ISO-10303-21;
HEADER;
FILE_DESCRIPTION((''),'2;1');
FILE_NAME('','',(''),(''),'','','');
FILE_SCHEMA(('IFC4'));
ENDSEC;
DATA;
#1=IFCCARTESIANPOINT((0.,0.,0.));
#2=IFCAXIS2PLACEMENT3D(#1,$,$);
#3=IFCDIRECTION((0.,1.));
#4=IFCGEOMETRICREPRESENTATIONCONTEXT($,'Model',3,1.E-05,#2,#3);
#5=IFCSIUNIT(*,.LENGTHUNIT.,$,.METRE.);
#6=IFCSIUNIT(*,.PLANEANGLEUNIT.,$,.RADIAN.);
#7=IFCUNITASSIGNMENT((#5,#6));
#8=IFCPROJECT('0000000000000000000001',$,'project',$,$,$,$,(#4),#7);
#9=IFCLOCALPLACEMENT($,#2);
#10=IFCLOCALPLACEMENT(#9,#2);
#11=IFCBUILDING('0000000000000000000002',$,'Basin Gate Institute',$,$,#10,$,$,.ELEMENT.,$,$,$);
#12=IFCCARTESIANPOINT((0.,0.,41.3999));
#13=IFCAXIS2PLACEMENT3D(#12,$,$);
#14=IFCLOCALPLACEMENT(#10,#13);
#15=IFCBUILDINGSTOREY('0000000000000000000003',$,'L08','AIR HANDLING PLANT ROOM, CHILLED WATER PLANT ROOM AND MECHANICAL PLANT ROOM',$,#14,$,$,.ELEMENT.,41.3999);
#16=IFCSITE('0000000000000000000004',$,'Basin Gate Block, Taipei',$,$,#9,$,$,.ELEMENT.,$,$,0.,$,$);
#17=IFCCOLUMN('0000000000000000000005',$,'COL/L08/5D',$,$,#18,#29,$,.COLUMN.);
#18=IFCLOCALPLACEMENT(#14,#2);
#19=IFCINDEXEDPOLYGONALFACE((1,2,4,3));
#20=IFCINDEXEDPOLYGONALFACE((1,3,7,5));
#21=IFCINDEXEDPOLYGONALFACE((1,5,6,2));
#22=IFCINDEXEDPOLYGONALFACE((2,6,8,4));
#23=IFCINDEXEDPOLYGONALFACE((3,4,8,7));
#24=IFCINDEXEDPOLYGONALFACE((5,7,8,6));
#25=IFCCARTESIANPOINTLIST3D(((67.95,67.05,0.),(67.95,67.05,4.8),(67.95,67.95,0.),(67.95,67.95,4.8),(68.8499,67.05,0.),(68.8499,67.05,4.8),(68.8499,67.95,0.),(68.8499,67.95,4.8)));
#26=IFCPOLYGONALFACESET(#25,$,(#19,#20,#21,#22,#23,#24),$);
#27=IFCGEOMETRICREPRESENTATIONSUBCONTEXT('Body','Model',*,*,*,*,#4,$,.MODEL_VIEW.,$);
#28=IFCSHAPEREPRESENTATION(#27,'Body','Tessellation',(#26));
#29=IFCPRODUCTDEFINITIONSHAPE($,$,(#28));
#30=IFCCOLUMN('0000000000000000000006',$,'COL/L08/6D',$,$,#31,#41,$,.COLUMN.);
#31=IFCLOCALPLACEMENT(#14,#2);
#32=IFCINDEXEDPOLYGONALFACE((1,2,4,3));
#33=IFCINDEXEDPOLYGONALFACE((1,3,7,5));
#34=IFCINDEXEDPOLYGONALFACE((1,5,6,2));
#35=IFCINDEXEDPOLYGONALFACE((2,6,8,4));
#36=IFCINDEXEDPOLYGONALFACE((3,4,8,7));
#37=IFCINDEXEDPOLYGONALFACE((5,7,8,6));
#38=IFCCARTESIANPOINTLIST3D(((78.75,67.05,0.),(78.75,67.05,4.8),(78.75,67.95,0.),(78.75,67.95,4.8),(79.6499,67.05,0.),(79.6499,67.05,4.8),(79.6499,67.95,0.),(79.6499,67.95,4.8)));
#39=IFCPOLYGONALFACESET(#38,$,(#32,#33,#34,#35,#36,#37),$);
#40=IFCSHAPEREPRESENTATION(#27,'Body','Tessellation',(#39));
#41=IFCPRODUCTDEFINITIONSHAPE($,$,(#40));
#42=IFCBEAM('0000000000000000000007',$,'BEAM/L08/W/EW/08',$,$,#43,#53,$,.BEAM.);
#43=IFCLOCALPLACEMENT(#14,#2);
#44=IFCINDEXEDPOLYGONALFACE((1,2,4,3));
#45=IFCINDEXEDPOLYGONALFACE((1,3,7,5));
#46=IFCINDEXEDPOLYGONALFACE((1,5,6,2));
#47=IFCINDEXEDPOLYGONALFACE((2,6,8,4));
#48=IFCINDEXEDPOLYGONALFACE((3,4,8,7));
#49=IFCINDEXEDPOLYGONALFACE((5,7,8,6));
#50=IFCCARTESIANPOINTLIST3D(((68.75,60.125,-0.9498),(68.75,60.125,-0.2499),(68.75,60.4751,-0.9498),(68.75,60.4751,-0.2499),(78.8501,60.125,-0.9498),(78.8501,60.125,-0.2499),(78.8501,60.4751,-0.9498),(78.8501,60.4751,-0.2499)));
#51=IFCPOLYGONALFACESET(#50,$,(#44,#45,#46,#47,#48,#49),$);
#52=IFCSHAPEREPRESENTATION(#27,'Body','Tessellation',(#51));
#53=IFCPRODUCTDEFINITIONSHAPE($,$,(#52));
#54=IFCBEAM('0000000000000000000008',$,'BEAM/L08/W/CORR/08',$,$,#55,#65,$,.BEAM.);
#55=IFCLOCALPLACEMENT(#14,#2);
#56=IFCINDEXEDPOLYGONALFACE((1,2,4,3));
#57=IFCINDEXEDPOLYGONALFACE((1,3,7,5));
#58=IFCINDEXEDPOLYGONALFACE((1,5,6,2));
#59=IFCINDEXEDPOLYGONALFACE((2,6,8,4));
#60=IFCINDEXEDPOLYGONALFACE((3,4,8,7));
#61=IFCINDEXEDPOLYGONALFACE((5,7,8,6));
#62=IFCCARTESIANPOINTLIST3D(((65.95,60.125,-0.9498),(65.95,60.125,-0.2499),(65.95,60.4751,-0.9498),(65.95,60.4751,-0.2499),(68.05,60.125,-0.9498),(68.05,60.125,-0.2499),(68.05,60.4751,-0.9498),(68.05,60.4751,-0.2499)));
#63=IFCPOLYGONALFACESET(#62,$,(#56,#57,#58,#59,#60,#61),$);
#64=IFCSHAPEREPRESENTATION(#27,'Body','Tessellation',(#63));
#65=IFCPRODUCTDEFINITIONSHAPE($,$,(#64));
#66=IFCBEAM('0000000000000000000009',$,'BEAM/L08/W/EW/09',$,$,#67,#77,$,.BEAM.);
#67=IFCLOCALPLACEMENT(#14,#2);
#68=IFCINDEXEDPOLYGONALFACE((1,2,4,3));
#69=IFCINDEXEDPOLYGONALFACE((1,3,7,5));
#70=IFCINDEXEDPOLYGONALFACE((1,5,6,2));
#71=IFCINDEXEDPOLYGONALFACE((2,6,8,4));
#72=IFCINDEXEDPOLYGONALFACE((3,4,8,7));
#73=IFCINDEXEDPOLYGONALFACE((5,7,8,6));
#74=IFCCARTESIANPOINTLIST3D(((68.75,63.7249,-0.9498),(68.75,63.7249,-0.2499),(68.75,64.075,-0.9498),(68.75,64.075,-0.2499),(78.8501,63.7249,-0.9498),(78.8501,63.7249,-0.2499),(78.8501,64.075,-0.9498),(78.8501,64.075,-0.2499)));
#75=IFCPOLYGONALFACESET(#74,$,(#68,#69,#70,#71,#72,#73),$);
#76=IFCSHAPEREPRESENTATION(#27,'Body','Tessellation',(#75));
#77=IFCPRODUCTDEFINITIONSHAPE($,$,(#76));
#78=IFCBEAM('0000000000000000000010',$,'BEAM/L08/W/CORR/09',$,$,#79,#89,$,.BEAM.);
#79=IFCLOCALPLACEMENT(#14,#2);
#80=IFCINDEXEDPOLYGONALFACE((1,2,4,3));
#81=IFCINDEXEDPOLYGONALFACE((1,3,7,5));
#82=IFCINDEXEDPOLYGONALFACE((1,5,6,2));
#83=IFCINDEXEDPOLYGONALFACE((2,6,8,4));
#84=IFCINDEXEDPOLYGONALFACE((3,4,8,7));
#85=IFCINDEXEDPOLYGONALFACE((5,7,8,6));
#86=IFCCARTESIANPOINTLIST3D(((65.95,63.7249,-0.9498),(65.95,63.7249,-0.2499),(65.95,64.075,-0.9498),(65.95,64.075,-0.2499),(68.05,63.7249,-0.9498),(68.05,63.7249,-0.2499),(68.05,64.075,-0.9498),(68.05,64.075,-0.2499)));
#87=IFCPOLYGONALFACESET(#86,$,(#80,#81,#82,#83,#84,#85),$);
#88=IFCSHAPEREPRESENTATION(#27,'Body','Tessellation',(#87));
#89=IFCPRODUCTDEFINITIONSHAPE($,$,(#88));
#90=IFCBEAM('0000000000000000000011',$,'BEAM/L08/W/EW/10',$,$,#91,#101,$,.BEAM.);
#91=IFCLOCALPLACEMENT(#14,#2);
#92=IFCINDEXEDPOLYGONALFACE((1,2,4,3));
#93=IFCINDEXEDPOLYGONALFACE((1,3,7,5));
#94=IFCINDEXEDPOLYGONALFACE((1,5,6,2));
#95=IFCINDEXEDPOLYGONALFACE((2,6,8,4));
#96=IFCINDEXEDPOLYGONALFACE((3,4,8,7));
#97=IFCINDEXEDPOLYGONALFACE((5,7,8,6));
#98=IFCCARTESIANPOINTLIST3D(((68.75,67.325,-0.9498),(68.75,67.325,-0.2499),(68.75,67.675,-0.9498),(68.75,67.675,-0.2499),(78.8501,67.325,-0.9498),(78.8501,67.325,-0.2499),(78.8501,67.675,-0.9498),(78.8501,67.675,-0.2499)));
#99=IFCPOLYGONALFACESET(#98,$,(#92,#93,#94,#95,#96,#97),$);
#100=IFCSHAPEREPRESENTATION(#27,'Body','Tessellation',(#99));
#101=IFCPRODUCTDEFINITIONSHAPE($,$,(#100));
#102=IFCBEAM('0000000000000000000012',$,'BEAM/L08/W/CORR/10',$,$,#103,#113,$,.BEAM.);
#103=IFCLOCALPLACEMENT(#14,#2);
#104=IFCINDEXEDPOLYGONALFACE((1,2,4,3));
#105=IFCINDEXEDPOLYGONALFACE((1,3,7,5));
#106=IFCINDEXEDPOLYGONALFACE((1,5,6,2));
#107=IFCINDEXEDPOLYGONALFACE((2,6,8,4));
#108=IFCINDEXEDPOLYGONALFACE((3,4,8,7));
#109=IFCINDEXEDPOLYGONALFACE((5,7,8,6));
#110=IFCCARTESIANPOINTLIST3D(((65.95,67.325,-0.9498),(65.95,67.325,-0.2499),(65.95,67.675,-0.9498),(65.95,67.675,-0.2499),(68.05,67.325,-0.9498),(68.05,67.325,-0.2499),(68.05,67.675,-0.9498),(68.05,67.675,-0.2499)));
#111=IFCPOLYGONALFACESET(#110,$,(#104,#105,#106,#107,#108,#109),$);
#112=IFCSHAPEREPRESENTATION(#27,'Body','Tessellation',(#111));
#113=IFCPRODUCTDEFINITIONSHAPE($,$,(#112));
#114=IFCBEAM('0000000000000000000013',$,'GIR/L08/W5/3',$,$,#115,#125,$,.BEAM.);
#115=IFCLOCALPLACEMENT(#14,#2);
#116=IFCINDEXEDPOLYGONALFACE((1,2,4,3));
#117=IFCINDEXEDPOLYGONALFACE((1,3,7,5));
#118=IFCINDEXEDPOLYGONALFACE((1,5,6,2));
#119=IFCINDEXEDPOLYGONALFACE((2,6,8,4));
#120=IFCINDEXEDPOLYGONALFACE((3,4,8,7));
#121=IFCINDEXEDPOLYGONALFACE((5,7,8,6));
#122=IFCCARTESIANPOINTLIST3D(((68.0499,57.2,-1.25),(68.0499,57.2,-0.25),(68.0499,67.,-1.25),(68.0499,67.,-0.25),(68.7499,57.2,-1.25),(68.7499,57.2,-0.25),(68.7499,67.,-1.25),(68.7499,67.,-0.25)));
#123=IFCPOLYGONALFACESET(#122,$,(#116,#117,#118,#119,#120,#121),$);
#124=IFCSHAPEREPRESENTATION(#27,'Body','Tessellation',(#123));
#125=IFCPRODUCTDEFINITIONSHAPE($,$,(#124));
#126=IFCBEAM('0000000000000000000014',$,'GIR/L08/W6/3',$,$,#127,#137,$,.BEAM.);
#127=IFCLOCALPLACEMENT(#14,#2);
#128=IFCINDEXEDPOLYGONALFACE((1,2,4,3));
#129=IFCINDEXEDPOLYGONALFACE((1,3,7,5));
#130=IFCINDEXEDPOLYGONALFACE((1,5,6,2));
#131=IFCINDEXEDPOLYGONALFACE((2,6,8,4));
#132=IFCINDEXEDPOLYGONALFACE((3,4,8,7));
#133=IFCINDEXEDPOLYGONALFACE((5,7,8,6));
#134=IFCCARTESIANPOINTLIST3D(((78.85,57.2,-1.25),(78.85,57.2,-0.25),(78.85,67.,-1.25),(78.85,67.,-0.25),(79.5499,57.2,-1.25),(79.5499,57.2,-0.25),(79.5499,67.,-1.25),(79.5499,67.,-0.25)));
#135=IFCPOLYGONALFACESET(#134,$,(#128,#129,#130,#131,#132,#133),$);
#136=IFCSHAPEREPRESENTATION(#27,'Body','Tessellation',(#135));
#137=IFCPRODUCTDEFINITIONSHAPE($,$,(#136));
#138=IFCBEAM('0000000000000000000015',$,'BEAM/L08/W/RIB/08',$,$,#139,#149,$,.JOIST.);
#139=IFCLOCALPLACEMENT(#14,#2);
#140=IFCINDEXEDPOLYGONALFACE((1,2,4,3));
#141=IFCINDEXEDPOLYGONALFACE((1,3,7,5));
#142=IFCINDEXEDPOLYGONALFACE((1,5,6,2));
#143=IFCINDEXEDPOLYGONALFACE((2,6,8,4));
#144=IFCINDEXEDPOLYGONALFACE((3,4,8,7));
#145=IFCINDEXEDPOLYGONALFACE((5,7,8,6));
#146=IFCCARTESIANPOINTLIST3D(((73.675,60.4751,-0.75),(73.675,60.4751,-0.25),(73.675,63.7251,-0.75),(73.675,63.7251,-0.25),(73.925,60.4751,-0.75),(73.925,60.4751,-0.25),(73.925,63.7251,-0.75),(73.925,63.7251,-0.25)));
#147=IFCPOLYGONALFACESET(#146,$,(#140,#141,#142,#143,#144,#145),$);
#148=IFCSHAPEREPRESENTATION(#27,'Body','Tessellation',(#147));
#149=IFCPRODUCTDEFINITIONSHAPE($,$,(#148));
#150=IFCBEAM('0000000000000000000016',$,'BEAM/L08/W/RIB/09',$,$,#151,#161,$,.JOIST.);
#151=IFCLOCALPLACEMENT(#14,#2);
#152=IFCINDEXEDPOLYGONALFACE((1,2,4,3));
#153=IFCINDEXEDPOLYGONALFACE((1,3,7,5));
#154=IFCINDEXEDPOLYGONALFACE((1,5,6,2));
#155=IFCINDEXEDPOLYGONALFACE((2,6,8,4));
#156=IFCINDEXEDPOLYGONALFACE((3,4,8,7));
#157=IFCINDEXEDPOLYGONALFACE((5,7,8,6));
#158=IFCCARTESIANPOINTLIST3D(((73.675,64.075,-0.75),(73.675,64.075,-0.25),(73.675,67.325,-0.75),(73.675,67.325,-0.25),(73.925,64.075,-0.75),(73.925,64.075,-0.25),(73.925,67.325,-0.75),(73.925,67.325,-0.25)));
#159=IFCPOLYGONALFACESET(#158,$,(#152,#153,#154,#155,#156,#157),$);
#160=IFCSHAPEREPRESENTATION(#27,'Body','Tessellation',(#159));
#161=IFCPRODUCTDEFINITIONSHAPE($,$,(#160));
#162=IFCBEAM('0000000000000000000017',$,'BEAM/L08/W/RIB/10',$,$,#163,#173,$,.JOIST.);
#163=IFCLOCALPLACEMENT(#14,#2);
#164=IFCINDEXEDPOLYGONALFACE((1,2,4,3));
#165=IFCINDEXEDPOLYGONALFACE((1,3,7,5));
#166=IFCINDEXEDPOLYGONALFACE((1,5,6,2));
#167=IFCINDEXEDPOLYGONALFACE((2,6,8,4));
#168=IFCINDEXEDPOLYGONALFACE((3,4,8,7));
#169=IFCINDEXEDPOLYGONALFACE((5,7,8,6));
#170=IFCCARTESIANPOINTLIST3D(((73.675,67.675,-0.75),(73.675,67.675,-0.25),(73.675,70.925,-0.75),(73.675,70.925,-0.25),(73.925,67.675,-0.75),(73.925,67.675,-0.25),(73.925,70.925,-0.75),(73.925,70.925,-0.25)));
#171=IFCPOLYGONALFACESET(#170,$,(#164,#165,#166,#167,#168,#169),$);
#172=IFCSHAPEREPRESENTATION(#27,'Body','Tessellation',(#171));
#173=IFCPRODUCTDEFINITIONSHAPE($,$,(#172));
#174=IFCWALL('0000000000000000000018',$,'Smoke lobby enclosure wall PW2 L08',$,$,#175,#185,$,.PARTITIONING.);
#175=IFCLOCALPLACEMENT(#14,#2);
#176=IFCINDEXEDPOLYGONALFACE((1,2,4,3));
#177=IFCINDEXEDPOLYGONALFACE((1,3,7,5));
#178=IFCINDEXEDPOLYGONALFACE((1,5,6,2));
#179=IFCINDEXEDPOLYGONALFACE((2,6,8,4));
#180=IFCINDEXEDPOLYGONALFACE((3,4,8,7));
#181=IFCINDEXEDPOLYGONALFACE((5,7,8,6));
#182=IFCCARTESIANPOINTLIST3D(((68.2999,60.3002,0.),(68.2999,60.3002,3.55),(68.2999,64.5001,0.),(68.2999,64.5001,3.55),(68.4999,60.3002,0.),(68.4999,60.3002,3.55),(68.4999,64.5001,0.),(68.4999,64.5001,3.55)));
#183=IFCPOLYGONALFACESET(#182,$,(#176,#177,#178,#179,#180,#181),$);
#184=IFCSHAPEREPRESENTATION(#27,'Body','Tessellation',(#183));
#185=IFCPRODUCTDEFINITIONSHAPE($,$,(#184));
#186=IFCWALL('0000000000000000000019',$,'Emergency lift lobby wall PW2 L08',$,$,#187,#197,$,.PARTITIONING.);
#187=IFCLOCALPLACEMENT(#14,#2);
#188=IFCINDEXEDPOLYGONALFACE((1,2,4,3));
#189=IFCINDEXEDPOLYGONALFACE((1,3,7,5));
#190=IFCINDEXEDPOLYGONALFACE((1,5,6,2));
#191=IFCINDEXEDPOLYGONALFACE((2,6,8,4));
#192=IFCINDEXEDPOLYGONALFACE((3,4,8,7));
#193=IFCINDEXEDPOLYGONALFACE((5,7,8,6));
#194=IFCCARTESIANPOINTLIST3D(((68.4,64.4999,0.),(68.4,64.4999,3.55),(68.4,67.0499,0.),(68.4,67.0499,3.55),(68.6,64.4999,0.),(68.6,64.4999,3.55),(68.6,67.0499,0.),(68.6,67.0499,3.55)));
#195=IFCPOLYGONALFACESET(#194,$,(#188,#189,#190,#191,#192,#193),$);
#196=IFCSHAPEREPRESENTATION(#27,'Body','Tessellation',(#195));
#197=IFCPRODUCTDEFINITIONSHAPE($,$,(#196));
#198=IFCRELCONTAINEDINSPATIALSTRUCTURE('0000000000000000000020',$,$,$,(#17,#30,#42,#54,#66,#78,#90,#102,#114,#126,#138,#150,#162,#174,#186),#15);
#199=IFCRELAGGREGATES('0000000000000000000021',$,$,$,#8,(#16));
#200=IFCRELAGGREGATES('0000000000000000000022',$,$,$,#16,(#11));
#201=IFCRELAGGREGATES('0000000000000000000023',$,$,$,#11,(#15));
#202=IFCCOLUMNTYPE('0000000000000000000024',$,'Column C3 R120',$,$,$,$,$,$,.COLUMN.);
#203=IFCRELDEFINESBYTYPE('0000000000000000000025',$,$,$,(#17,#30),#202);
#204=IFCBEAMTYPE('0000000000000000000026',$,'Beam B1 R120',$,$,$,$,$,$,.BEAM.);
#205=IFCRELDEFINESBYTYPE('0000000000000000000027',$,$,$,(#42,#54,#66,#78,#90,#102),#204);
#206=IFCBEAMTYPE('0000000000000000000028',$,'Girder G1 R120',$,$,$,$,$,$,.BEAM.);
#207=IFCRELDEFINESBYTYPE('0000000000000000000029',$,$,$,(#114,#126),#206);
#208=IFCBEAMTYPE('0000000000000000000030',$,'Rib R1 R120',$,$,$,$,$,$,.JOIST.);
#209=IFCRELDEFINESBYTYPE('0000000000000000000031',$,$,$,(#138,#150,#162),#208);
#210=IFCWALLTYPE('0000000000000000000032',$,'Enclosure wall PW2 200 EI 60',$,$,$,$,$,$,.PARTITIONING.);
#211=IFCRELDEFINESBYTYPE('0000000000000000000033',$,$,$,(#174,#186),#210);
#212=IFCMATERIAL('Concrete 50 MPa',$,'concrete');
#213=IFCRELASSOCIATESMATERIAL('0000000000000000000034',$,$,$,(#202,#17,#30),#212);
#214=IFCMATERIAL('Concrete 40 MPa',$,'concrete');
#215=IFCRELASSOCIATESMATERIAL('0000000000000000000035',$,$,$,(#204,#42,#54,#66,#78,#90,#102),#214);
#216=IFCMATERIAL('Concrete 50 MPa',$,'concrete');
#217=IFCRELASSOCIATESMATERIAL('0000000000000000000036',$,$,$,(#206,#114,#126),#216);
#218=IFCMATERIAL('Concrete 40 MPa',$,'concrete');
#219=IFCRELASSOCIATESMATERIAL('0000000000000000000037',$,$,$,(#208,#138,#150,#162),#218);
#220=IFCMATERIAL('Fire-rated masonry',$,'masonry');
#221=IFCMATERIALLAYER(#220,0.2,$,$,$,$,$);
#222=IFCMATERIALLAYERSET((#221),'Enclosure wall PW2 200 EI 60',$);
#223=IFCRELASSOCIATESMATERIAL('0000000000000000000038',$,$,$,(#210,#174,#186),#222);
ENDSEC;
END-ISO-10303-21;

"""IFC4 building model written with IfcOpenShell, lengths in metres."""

from ifc_helpers import new_model, si_unit, direction, frame, frame_2d, origin, origin_2d, place, context, subcontext, project, spatial, rectangle, extrude, material, layer, layer_set, material_profile, profile_set, type_object, element, save


model = new_model("IFC4")

# Units and contexts
model_context = context("Model", 3, precision=1e-05, world=origin(), true_north=direction((0.0, 1.0)))
body_context = subcontext(model_context, "Body", "Model", "MODEL_VIEW")
ifc_project = project(units=[si_unit("LENGTHUNIT", "METRE"), si_unit("PLANEANGLEUNIT", "RADIAN")], contexts=[model_context])

# Site, building, storey
site_placement = place(None, origin())
site = spatial("IfcSite", under=ifc_project, at=site_placement, Name="Basin Gate Block, Taipei", CompositionType="ELEMENT", RefElevation=0.0)
building_placement = place(site_placement, origin())
building = spatial("IfcBuilding", under=site, at=building_placement, Name="Basin Gate Institute", CompositionType="ELEMENT")
storey_placement = place(building_placement, frame((0.0, 0.0, 41.3999)))
storey = spatial("IfcBuildingStorey", under=building, at=storey_placement, Name="L08", Description="AIR HANDLING PLANT ROOM, CHILLED WATER PLANT ROOM AND MECHANICAL PLANT ROOM", CompositionType="ELEMENT", Elevation=41.3999)

# Columns
ifc_material_1 = material(Name="Concrete 50 MPa", Category="concrete")
ifc_material_profile_1 = material_profile(ifc_material_1, rectangle(XDim=0.8999, YDim=0.8999, at=origin_2d()), Name="Column C3 900 x 900")
ifc_profile_set_1 = profile_set([ifc_material_profile_1], Name="Concrete 50 MPa")
column_type = type_object("IfcColumnType", Name="Column C3 R120", PredefinedType="COLUMN", material=ifc_profile_set_1)
for number, where, z_axis, x_axis, name in (
    (1, (68.3999, 67.5, 0.0), (0.0, 0.0, 1.0), (1.0, 0.0, 0.0), "COL/L08/5D"),
    (2, (79.2, 67.5, 0.0), (0.0, 0.0, 1.0), (1.0, 0.0, 0.0), "COL/L08/6D"),
):
    element("IfcColumn", number, at=place(storey_placement, frame(where, z_axis=z_axis, x_axis=x_axis)), inside=storey, type_object=column_type, material=ifc_profile_set_1, Name=name, PredefinedType="COLUMN", context=body_context, shape_type="SweptSolid", body=[
        extrude(rectangle(XDim=0.8999, YDim=0.8999, at=origin_2d()), origin(), (0.0, 0.0, 1.0), 4.8),
    ])

# Beams
ifc_material_2 = material(Name="Concrete 40 MPa", Category="concrete")
ifc_material_profile_2 = material_profile(ifc_material_2, rectangle(XDim=0.3501, YDim=0.7, at=origin_2d()), Name="Beam B1 350 x 700")
ifc_profile_set_2 = profile_set([ifc_material_profile_2], Name="Concrete 40 MPa")
beam_type_1 = type_object("IfcBeamType", Name="Beam B1 R120", PredefinedType="BEAM", material=ifc_profile_set_2)
beam_1_placement = place(storey_placement, frame((68.75, 60.3, -0.5999), z_axis=(1.0, 0.0, 0.0), x_axis=(0.0, 1.0, 0.0)))
element("IfcBeam", 3, at=beam_1_placement, inside=storey, type_object=beam_type_1, material=ifc_profile_set_2, Name="BEAM/L08/W/EW/08", PredefinedType="BEAM", context=body_context, shape_type="SweptSolid", body=[
    extrude(rectangle(XDim=0.3501, YDim=0.7, at=origin_2d()), origin(), (0.0, 0.0, 1.0), 10.1001),
])
beam_2_placement = place(storey_placement, frame((65.95, 60.3, -0.5999), z_axis=(1.0, 0.0, 0.0), x_axis=(0.0, 1.0, 0.0)))
element("IfcBeam", 4, at=beam_2_placement, inside=storey, type_object=beam_type_1, material=ifc_profile_set_2, Name="BEAM/L08/W/CORR/08", PredefinedType="BEAM", context=body_context, shape_type="SweptSolid", body=[
    extrude(rectangle(XDim=0.3501, YDim=0.7, at=origin_2d()), origin(), (0.0, 0.0, 1.0), 2.1001),
])
beam_3_placement = place(storey_placement, frame((68.75, 63.8999, -0.5999), z_axis=(1.0, 0.0, 0.0), x_axis=(0.0, 1.0, 0.0)))
element("IfcBeam", 5, at=beam_3_placement, inside=storey, type_object=beam_type_1, material=ifc_profile_set_2, Name="BEAM/L08/W/EW/09", PredefinedType="BEAM", context=body_context, shape_type="SweptSolid", body=[
    extrude(rectangle(XDim=0.3501, YDim=0.7, at=origin_2d()), origin(), (0.0, 0.0, 1.0), 10.1001),
])
beam_4_placement = place(storey_placement, frame((65.95, 63.8999, -0.5999), z_axis=(1.0, 0.0, 0.0), x_axis=(0.0, 1.0, 0.0)))
element("IfcBeam", 6, at=beam_4_placement, inside=storey, type_object=beam_type_1, material=ifc_profile_set_2, Name="BEAM/L08/W/CORR/09", PredefinedType="BEAM", context=body_context, shape_type="SweptSolid", body=[
    extrude(rectangle(XDim=0.3501, YDim=0.7, at=origin_2d()), origin(), (0.0, 0.0, 1.0), 2.1001),
])
beam_5_placement = place(storey_placement, frame((68.75, 67.5, -0.5999), z_axis=(1.0, 0.0, 0.0), x_axis=(0.0, 1.0, 0.0)))
element("IfcBeam", 7, at=beam_5_placement, inside=storey, type_object=beam_type_1, material=ifc_profile_set_2, Name="BEAM/L08/W/EW/10", PredefinedType="BEAM", context=body_context, shape_type="SweptSolid", body=[
    extrude(rectangle(XDim=0.3501, YDim=0.7, at=origin_2d()), origin(), (0.0, 0.0, 1.0), 10.1001),
])
beam_6_placement = place(storey_placement, frame((65.95, 67.5, -0.5999), z_axis=(1.0, 0.0, 0.0), x_axis=(0.0, 1.0, 0.0)))
element("IfcBeam", 8, at=beam_6_placement, inside=storey, type_object=beam_type_1, material=ifc_profile_set_2, Name="BEAM/L08/W/CORR/10", PredefinedType="BEAM", context=body_context, shape_type="SweptSolid", body=[
    extrude(rectangle(XDim=0.3501, YDim=0.7, at=origin_2d()), origin(), (0.0, 0.0, 1.0), 2.1001),
])
ifc_material_3 = material(Name="Concrete 50 MPa", Category="concrete")
ifc_material_profile_3 = material_profile(ifc_material_3, rectangle(XDim=0.7, YDim=1.0, at=origin_2d()), Name="Girder G1 700 x 1000")
ifc_profile_set_3 = profile_set([ifc_material_profile_3], Name="Concrete 50 MPa")
beam_type_2 = type_object("IfcBeamType", Name="Girder G1 R120", PredefinedType="BEAM", material=ifc_profile_set_3)
for number, where, z_axis, x_axis, name in (
    (9, (68.3999, 57.2, -0.75), (0.0, 1.0, 0.0), (-1.0, 0.0, 0.0), "GIR/L08/W5/3"),
    (10, (79.2, 57.2, -0.75), (0.0, 1.0, 0.0), (-1.0, 0.0, 0.0), "GIR/L08/W6/3"),
):
    element("IfcBeam", number, at=place(storey_placement, frame(where, z_axis=z_axis, x_axis=x_axis)), inside=storey, type_object=beam_type_2, material=ifc_profile_set_3, Name=name, PredefinedType="BEAM", context=body_context, shape_type="SweptSolid", body=[
        extrude(rectangle(XDim=0.7, YDim=1.0, at=origin_2d()), origin(), (0.0, 0.0, 1.0), 9.8),
    ])
ifc_material_4 = material(Name="Concrete 40 MPa", Category="concrete")
ifc_material_profile_4 = material_profile(ifc_material_4, rectangle(XDim=0.25, YDim=0.5, at=origin_2d()), Name="Rib R1 250 x 500")
ifc_profile_set_4 = profile_set([ifc_material_profile_4], Name="Concrete 40 MPa")
beam_type_3 = type_object("IfcBeamType", Name="Rib R1 R120", PredefinedType="JOIST", material=ifc_profile_set_4)
for number, where, z_axis, x_axis, name in (
    (11, (73.8, 60.4751, -0.5), (0.0, 1.0, 0.0), (-1.0, 0.0, 0.0), "BEAM/L08/W/RIB/08"),
    (12, (73.8, 64.075, -0.5), (0.0, 1.0, 0.0), (-1.0, 0.0, 0.0), "BEAM/L08/W/RIB/09"),
    (13, (73.8, 67.675, -0.5), (0.0, 1.0, 0.0), (-1.0, 0.0, 0.0), "BEAM/L08/W/RIB/10"),
):
    element("IfcBeam", number, at=place(storey_placement, frame(where, z_axis=z_axis, x_axis=x_axis)), inside=storey, type_object=beam_type_3, material=ifc_profile_set_4, Name=name, PredefinedType="JOIST", context=body_context, shape_type="SweptSolid", body=[
        extrude(rectangle(XDim=0.25, YDim=0.5, at=origin_2d()), origin(), (0.0, 0.0, 1.0), 3.25),
    ])

# Walls
ifc_material_5 = material(Name="Fire-rated masonry", Category="masonry")
ifc_layer = layer(ifc_material_5, 0.2)
ifc_layer_set = layer_set([ifc_layer], Name="Enclosure wall PW2 200 EI 60")
wall_type = type_object("IfcWallType", Name="Enclosure wall PW2 200 EI 60", PredefinedType="PARTITIONING", material=ifc_layer_set)
wall_1_placement = place(storey_placement, frame((68.3999, 60.3, 0.0), z_axis=(0.0, 0.0, 1.0), x_axis=(0.0, 1.0, 0.0)))
element("IfcWall", 14, at=wall_1_placement, inside=storey, type_object=wall_type, material=ifc_layer_set, Name="Smoke lobby enclosure wall PW2 L08", PredefinedType="PARTITIONING", context=body_context, shape_type="SweptSolid", body=[
    extrude(rectangle(XDim=4.2, YDim=0.2, at=frame_2d((2.1001, 0.0))), origin(), (0.0, 0.0, 1.0), 3.55),
])
wall_2_placement = place(storey_placement, frame((68.5, 64.5, 0.0), z_axis=(0.0, 0.0, 1.0), x_axis=(0.0, 1.0, 0.0)))
element("IfcWall", 15, at=wall_2_placement, inside=storey, type_object=wall_type, material=ifc_layer_set, Name="Emergency lift lobby wall PW2 L08", PredefinedType="PARTITIONING", context=body_context, shape_type="SweptSolid", body=[
    extrude(rectangle(XDim=2.55, YDim=0.2, at=frame_2d((1.2749, 0.0))), origin(), (0.0, 0.0, 1.0), 3.55),
])

save(model, "model.ifc")
